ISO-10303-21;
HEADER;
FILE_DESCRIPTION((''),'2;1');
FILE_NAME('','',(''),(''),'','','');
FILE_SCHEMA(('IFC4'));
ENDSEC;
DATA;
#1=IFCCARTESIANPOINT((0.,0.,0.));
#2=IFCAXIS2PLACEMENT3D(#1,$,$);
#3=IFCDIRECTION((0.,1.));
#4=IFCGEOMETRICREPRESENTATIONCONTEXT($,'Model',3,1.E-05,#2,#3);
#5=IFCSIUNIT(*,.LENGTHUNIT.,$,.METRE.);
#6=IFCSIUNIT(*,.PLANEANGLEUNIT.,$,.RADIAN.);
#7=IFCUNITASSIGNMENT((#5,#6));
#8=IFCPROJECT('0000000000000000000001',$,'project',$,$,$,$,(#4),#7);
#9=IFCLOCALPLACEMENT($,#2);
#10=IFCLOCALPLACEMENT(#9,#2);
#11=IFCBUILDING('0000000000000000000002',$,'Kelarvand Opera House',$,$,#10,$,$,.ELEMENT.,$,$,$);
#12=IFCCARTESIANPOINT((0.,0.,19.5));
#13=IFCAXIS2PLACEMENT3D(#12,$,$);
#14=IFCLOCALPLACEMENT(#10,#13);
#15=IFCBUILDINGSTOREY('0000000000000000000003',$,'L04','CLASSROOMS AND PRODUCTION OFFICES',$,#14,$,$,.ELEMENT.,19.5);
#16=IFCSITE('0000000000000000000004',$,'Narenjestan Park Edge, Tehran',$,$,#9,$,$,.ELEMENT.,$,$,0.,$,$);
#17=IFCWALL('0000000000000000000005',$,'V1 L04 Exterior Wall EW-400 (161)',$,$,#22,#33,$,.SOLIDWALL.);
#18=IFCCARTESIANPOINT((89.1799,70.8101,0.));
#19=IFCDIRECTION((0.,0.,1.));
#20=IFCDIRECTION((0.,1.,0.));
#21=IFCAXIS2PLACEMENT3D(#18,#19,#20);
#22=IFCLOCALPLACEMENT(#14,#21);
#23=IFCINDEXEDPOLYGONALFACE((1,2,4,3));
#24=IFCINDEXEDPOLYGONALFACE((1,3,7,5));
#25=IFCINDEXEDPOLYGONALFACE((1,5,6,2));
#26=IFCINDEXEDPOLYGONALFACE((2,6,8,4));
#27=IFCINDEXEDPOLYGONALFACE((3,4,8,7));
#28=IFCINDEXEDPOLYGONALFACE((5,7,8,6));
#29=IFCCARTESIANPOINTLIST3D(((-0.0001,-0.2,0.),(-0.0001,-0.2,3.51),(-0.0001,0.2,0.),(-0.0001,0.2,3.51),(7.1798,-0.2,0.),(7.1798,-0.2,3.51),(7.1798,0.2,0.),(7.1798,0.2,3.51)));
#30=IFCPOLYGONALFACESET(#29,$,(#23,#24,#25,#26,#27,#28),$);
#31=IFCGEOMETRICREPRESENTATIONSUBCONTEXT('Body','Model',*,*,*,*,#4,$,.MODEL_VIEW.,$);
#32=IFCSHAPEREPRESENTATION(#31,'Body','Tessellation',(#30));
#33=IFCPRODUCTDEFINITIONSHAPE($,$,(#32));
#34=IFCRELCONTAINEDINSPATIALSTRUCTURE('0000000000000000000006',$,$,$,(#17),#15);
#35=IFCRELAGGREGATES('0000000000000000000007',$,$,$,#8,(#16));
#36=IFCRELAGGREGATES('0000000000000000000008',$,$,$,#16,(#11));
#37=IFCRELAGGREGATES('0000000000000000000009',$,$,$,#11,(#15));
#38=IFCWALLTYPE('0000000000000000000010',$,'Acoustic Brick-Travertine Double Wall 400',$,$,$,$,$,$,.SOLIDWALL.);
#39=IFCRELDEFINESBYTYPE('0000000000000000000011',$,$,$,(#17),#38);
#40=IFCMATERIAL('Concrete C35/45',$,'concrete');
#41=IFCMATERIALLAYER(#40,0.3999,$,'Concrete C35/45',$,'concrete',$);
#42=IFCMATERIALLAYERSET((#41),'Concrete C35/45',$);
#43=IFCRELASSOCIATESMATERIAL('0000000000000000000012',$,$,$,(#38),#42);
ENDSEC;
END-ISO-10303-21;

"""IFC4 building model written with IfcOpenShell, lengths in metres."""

from ifc_helpers import new_model, si_unit, direction, frame, frame_2d, origin, place, context, subcontext, project, spatial, rectangle, extrude, material, layer, layer_set, type_object, element, save


model = new_model("IFC4")

# Units and contexts
model_context = context("Model", 3, precision=1e-05, world=origin(), true_north=direction((0.0, 1.0)))
body_context = subcontext(model_context, "Body", "Model", "MODEL_VIEW")
ifc_project = project(units=[si_unit("LENGTHUNIT", "METRE"), si_unit("PLANEANGLEUNIT", "RADIAN")], contexts=[model_context])

# Site, building, storey
site_placement = place(None, origin())
site = spatial("IfcSite", under=ifc_project, at=site_placement, Name="Narenjestan Park Edge, Tehran", CompositionType="ELEMENT", RefElevation=0.0)
building_placement = place(site_placement, origin())
building = spatial("IfcBuilding", under=site, at=building_placement, Name="Kelarvand Opera House", CompositionType="ELEMENT")
storey_placement = place(building_placement, frame((0.0, 0.0, 19.5)))
storey = spatial("IfcBuildingStorey", under=building, at=storey_placement, Name="L04", Description="CLASSROOMS AND PRODUCTION OFFICES", CompositionType="ELEMENT", Elevation=19.5)

# Wall
ifc_material_1 = material(Name="Concrete C35/45", Category="concrete")
ifc_layer_1 = layer(ifc_material_1, 0.3999, Name="Concrete C35/45", Category="concrete")
ifc_layer_set_1 = layer_set([ifc_layer_1], Name="Concrete C35/45")
wall_type_1 = type_object("IfcWallType", Name="Acoustic Brick-Travertine Double Wall 400", PredefinedType="SOLIDWALL", material=ifc_layer_set_1)
wall_1_placement = place(storey_placement, frame((89.1799, 70.8101, 0.0), z_axis=(0.0, 0.0, 1.0), x_axis=(0.0, 1.0, 0.0)))
element("IfcWall", 1, at=wall_1_placement, inside=storey, type_object=wall_type_1, Name="V1 L04 Exterior Wall EW-400 (161)", PredefinedType="SOLIDWALL", context=body_context, shape_type="SweptSolid", body=[
    extrude(rectangle(XDim=7.1799, YDim=0.3999, at=frame_2d((3.5898, 0.0))), origin(), (0.0, 0.0, 1.0), 3.51),
])

save(model, "model.ifc")
